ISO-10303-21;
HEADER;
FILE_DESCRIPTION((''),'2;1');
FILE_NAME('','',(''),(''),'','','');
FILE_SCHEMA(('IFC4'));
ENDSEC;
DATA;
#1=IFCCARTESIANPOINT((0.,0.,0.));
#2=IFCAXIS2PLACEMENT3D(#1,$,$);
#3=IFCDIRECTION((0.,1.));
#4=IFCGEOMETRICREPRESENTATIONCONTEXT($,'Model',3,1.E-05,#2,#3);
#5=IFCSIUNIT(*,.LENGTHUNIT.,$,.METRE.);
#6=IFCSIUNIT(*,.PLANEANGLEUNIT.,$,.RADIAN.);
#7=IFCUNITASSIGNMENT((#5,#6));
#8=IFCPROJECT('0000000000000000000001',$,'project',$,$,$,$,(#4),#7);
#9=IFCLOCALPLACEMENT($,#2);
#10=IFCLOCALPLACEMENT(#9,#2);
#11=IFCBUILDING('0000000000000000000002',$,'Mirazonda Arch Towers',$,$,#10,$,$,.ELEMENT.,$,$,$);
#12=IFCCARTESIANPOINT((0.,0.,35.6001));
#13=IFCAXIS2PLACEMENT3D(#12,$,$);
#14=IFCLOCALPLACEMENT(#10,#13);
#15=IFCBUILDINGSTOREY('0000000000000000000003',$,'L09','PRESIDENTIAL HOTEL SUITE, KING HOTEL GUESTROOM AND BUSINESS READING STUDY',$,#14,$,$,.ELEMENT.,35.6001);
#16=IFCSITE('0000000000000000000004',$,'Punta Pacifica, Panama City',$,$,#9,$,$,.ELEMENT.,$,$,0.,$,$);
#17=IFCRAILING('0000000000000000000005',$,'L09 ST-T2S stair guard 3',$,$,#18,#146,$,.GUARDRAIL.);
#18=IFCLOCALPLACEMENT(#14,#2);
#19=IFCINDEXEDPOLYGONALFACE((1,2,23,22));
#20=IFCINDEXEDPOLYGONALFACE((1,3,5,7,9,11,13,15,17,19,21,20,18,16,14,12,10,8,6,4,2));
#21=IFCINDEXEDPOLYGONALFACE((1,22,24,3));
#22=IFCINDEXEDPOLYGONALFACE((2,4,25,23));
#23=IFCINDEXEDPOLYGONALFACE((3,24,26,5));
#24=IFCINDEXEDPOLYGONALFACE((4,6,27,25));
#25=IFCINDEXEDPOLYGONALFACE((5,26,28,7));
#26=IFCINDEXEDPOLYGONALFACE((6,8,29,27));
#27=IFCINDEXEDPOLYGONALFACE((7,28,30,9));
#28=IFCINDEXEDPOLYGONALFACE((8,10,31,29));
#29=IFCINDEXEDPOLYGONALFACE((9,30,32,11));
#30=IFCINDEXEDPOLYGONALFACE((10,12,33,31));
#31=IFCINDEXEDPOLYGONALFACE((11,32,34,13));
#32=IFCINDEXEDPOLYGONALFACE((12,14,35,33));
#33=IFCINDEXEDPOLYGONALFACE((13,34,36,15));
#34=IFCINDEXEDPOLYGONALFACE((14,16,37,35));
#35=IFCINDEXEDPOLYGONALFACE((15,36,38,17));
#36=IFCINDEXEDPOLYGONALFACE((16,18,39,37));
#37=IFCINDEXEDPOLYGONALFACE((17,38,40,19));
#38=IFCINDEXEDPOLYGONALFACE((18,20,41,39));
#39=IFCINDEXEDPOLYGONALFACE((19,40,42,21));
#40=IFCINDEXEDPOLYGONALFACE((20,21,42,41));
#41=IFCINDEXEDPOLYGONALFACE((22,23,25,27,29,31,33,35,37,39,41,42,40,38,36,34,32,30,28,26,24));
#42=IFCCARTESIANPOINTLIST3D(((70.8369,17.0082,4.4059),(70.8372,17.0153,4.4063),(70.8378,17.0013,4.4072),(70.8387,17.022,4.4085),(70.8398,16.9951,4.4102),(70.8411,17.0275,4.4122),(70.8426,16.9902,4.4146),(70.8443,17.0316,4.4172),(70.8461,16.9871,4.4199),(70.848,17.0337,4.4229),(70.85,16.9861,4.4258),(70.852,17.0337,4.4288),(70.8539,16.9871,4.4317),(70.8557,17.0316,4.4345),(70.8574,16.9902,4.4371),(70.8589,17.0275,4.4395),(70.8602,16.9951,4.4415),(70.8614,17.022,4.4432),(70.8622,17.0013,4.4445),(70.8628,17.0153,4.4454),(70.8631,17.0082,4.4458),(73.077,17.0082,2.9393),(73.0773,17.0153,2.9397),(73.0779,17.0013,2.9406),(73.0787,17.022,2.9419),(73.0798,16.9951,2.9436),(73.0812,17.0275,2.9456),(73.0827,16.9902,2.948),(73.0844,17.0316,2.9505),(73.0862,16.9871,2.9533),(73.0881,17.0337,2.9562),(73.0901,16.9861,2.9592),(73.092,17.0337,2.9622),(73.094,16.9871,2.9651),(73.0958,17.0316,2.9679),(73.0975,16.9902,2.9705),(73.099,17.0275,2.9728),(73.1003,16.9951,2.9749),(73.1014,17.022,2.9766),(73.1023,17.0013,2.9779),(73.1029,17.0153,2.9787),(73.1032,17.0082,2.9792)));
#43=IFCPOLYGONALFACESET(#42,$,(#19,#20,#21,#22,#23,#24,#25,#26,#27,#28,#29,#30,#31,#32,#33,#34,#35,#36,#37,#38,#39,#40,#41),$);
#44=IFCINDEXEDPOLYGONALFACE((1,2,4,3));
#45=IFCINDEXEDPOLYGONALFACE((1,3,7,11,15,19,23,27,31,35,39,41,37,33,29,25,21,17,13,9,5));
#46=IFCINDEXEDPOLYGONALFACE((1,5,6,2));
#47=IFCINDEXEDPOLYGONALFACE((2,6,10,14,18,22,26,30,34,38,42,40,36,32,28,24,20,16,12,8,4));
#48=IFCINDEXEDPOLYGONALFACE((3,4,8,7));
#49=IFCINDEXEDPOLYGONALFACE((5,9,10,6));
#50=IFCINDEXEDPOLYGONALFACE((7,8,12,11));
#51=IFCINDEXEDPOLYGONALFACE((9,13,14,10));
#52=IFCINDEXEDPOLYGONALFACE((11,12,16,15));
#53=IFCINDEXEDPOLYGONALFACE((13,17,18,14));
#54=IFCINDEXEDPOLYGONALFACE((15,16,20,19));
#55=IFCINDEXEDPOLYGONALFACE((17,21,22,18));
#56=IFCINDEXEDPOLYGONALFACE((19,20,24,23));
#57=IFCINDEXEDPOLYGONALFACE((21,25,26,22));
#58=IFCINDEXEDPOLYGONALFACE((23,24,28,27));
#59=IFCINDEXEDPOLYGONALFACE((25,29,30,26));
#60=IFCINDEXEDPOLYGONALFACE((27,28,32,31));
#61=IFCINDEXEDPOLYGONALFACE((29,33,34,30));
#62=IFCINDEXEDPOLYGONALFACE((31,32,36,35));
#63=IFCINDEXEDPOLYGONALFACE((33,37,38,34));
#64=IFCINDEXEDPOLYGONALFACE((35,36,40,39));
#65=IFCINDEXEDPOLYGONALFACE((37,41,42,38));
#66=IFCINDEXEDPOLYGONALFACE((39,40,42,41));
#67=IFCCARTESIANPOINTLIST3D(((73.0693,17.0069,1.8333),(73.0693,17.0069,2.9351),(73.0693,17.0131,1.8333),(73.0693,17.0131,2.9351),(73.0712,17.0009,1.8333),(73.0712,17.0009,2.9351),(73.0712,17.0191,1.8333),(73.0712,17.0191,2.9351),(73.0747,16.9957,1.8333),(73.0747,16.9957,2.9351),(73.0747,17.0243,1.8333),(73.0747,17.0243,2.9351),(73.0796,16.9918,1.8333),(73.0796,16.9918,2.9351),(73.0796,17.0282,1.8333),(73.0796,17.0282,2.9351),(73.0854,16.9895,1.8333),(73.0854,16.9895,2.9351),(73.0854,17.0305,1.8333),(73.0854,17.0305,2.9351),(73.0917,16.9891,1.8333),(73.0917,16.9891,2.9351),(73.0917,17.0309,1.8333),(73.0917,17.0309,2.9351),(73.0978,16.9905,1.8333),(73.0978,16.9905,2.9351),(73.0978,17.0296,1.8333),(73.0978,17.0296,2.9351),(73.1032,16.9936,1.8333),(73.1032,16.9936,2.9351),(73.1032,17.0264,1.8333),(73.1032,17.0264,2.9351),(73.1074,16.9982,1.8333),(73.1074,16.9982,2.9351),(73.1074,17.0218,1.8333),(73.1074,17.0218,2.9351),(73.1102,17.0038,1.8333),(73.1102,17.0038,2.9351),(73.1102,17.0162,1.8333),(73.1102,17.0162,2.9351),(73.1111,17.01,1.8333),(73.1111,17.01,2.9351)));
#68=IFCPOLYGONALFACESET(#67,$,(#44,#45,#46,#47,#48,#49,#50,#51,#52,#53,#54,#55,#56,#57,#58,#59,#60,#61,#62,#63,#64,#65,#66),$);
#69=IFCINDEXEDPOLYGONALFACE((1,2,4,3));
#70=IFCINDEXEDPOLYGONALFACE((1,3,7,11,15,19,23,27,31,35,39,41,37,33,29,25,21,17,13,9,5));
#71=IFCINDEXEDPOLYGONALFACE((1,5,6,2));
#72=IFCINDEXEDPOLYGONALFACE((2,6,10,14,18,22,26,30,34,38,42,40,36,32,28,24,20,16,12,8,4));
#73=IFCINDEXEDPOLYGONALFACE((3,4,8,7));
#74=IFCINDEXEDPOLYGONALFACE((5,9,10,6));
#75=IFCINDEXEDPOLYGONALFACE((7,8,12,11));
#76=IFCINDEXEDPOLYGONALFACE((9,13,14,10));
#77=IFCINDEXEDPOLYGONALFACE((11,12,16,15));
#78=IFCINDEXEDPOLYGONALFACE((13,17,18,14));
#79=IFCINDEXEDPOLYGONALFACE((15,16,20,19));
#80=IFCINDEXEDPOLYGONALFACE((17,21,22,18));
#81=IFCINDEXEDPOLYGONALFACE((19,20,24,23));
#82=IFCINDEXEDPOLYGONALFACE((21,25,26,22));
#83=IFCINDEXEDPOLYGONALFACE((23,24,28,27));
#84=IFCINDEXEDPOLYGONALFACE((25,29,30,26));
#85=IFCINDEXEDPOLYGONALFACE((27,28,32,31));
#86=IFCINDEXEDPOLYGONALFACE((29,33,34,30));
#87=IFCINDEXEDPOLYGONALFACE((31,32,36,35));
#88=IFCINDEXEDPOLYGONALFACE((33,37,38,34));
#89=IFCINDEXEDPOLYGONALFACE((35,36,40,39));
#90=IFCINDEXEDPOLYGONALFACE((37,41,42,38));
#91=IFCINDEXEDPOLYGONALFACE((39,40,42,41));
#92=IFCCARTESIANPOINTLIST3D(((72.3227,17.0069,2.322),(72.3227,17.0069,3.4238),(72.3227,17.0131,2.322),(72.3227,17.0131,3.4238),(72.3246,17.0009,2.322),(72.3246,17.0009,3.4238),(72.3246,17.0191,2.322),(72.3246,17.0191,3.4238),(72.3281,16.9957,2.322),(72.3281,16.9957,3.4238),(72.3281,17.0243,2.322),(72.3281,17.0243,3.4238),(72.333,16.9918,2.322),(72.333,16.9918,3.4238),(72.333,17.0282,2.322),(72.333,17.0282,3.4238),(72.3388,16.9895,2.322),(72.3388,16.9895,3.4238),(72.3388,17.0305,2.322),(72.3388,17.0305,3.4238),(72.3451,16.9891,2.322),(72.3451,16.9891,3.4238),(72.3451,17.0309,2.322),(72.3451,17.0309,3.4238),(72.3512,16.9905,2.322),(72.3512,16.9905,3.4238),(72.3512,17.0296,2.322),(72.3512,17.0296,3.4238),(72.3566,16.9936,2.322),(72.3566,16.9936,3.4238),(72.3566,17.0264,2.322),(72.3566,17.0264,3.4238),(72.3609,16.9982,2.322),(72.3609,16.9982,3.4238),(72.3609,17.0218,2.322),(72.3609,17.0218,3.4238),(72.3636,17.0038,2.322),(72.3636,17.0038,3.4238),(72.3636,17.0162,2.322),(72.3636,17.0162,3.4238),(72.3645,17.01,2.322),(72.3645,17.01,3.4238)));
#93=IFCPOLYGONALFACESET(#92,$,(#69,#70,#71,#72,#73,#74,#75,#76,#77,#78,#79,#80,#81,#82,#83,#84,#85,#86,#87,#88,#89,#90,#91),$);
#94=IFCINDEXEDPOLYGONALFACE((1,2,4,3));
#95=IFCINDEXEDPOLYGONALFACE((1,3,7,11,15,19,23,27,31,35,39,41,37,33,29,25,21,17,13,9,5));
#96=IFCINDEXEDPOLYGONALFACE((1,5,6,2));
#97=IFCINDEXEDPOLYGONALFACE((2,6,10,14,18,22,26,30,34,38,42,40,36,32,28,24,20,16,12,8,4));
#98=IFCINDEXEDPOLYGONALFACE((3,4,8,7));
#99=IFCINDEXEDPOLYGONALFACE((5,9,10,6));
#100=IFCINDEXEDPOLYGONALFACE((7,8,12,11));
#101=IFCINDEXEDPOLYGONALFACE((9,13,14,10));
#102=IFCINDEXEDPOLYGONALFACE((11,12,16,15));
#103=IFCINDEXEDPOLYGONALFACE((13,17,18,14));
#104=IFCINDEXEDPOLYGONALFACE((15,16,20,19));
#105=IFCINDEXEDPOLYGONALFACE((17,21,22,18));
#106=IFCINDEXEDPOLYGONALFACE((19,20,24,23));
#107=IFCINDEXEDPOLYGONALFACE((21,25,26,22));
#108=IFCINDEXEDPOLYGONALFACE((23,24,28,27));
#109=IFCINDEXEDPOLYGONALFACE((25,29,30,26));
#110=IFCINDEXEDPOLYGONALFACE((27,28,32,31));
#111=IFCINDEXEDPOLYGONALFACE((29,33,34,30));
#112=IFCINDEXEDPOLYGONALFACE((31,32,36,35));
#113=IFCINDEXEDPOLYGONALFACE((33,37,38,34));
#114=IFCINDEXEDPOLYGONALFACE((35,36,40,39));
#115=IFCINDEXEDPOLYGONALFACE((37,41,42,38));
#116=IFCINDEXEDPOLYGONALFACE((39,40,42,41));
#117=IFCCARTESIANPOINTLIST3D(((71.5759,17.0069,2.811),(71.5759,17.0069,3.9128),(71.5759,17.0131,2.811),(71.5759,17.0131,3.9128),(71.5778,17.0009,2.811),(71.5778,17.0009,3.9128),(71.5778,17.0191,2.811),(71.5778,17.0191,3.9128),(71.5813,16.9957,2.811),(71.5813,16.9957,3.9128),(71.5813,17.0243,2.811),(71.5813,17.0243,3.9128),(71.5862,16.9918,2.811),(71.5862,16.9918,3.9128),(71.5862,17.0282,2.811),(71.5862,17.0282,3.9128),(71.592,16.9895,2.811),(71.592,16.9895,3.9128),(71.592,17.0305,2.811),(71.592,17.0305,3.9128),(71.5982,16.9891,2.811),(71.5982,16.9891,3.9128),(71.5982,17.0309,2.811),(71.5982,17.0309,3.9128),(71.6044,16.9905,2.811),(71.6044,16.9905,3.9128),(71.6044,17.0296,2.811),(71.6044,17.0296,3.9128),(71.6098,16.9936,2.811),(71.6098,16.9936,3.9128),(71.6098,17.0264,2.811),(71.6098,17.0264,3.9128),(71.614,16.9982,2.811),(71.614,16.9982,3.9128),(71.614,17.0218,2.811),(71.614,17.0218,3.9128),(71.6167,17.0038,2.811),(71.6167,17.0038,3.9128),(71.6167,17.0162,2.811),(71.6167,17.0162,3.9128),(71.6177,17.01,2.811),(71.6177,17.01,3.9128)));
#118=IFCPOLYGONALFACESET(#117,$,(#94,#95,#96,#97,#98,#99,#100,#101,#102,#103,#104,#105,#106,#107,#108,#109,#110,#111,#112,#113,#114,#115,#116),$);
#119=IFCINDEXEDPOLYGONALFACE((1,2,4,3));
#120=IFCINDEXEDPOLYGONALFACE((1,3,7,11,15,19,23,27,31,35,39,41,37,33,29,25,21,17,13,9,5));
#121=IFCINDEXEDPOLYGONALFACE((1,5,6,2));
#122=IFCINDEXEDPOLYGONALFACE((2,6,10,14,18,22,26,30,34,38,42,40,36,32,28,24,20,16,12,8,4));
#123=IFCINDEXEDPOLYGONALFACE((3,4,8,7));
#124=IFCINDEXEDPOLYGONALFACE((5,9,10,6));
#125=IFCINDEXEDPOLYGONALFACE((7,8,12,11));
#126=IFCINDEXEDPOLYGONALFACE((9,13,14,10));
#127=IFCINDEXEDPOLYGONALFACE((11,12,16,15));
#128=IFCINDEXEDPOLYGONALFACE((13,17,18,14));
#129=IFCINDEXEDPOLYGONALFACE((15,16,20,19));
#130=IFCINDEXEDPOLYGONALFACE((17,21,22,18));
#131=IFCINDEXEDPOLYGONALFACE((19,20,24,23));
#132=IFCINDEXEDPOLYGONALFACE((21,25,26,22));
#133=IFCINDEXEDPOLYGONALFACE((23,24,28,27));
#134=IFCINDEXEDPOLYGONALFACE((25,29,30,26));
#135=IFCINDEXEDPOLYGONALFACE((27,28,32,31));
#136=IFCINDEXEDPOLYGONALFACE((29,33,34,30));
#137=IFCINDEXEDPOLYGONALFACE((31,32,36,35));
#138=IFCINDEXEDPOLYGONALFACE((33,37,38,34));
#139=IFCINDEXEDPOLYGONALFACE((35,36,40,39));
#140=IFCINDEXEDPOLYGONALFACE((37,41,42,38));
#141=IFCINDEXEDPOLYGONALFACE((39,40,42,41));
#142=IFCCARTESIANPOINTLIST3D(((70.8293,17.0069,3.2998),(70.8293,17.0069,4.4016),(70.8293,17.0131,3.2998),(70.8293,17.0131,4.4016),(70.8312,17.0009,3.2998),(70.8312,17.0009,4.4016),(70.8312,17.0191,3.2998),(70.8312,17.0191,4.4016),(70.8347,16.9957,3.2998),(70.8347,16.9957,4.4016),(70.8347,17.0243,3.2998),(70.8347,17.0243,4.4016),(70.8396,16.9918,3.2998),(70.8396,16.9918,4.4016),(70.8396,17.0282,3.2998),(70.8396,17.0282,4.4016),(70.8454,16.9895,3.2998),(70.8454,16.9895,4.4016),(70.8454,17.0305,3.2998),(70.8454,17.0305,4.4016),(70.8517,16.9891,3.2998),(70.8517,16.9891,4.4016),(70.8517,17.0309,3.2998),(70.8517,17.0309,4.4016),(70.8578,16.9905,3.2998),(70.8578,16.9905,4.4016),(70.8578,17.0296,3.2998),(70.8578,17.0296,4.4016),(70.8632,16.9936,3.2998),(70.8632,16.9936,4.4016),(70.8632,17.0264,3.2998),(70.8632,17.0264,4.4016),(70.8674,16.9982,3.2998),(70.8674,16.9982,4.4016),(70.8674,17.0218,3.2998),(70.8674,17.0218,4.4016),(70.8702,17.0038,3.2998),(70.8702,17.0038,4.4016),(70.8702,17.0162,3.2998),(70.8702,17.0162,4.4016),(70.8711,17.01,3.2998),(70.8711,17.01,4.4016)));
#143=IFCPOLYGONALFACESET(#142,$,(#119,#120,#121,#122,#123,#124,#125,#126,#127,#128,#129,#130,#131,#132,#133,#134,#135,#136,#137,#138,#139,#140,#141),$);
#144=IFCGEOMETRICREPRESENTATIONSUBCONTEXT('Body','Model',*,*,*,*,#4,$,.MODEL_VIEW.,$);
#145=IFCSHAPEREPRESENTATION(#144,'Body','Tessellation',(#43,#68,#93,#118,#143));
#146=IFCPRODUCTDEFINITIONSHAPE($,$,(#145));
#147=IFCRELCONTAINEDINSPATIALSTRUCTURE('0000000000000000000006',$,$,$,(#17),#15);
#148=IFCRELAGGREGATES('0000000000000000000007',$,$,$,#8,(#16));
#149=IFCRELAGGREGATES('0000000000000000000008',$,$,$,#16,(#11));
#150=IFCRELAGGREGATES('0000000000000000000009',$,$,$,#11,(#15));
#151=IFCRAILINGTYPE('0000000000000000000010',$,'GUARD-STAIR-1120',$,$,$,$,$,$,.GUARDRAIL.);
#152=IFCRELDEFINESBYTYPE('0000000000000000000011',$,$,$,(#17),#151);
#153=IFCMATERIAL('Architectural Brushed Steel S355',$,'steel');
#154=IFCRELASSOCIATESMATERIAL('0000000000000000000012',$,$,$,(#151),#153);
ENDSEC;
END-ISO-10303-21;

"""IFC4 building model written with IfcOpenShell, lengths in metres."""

from ifc_helpers import new_model, si_unit, direction, frame, origin, origin_2d, place, context, subcontext, project, spatial, circle, extrude, material, type_object, element, save


model = new_model("IFC4")

# Units and contexts
model_context = context("Model", 3, precision=1e-05, world=origin(), true_north=direction((0.0, 1.0)))
body_context = subcontext(model_context, "Body", "Model", "MODEL_VIEW")
ifc_project = project(units=[si_unit("LENGTHUNIT", "METRE"), si_unit("PLANEANGLEUNIT", "RADIAN")], contexts=[model_context])

# Site, building, storey
site_placement = place(None, origin())
site = spatial("IfcSite", under=ifc_project, at=site_placement, Name="Punta Pacifica, Panama City", CompositionType="ELEMENT", RefElevation=0.0)
building_placement = place(site_placement, origin())
building = spatial("IfcBuilding", under=site, at=building_placement, Name="Mirazonda Arch Towers", CompositionType="ELEMENT")
storey_placement = place(building_placement, frame((0.0, 0.0, 35.6001)))
storey = spatial("IfcBuildingStorey", under=building, at=storey_placement, Name="L09", Description="PRESIDENTIAL HOTEL SUITE, KING HOTEL GUESTROOM AND BUSINESS READING STUDY", CompositionType="ELEMENT", Elevation=35.6001)

# Railing
ifc_material_1 = material(Name="Architectural Brushed Steel S355", Category="steel")
railing_type_1 = type_object("IfcRailingType", Name="GUARD-STAIR-1120", PredefinedType="GUARDRAIL", material=ifc_material_1)
railing_1_placement = place(storey_placement, frame((73.0901, 17.01, 1.8333)))
element("IfcRailing", 1, at=railing_1_placement, inside=storey, type_object=railing_type_1, Name="L09 ST-T2S stair guard 3", PredefinedType="GUARDRAIL", context=body_context, shape_type="SweptSolid", body=[
    extrude(circle(Radius=0.0239, at=origin_2d()), frame((0.0, 0.0, 1.126), z_axis=(-0.836637, 0.0, 0.547758), x_axis=(0.0, -1.0, 0.0)), (0.0, 0.0, 1.0), 2.6775),
    extrude(circle(Radius=0.021, at=origin_2d()), origin(), (0.0, 0.0, 1.0), 1.1018),
    extrude(circle(Radius=0.021, at=origin_2d()), frame((-0.7466, 0.0, 0.4888)), (0.0, 0.0, 1.0), 1.1018),
    extrude(circle(Radius=0.021, at=origin_2d()), frame((-1.4934, 0.0, 0.9778)), (0.0, 0.0, 1.0), 1.1018),
    extrude(circle(Radius=0.021, at=origin_2d()), frame((-2.24, 0.0, 1.4666)), (0.0, 0.0, 1.0), 1.1018),
])

save(model, "model.ifc")
